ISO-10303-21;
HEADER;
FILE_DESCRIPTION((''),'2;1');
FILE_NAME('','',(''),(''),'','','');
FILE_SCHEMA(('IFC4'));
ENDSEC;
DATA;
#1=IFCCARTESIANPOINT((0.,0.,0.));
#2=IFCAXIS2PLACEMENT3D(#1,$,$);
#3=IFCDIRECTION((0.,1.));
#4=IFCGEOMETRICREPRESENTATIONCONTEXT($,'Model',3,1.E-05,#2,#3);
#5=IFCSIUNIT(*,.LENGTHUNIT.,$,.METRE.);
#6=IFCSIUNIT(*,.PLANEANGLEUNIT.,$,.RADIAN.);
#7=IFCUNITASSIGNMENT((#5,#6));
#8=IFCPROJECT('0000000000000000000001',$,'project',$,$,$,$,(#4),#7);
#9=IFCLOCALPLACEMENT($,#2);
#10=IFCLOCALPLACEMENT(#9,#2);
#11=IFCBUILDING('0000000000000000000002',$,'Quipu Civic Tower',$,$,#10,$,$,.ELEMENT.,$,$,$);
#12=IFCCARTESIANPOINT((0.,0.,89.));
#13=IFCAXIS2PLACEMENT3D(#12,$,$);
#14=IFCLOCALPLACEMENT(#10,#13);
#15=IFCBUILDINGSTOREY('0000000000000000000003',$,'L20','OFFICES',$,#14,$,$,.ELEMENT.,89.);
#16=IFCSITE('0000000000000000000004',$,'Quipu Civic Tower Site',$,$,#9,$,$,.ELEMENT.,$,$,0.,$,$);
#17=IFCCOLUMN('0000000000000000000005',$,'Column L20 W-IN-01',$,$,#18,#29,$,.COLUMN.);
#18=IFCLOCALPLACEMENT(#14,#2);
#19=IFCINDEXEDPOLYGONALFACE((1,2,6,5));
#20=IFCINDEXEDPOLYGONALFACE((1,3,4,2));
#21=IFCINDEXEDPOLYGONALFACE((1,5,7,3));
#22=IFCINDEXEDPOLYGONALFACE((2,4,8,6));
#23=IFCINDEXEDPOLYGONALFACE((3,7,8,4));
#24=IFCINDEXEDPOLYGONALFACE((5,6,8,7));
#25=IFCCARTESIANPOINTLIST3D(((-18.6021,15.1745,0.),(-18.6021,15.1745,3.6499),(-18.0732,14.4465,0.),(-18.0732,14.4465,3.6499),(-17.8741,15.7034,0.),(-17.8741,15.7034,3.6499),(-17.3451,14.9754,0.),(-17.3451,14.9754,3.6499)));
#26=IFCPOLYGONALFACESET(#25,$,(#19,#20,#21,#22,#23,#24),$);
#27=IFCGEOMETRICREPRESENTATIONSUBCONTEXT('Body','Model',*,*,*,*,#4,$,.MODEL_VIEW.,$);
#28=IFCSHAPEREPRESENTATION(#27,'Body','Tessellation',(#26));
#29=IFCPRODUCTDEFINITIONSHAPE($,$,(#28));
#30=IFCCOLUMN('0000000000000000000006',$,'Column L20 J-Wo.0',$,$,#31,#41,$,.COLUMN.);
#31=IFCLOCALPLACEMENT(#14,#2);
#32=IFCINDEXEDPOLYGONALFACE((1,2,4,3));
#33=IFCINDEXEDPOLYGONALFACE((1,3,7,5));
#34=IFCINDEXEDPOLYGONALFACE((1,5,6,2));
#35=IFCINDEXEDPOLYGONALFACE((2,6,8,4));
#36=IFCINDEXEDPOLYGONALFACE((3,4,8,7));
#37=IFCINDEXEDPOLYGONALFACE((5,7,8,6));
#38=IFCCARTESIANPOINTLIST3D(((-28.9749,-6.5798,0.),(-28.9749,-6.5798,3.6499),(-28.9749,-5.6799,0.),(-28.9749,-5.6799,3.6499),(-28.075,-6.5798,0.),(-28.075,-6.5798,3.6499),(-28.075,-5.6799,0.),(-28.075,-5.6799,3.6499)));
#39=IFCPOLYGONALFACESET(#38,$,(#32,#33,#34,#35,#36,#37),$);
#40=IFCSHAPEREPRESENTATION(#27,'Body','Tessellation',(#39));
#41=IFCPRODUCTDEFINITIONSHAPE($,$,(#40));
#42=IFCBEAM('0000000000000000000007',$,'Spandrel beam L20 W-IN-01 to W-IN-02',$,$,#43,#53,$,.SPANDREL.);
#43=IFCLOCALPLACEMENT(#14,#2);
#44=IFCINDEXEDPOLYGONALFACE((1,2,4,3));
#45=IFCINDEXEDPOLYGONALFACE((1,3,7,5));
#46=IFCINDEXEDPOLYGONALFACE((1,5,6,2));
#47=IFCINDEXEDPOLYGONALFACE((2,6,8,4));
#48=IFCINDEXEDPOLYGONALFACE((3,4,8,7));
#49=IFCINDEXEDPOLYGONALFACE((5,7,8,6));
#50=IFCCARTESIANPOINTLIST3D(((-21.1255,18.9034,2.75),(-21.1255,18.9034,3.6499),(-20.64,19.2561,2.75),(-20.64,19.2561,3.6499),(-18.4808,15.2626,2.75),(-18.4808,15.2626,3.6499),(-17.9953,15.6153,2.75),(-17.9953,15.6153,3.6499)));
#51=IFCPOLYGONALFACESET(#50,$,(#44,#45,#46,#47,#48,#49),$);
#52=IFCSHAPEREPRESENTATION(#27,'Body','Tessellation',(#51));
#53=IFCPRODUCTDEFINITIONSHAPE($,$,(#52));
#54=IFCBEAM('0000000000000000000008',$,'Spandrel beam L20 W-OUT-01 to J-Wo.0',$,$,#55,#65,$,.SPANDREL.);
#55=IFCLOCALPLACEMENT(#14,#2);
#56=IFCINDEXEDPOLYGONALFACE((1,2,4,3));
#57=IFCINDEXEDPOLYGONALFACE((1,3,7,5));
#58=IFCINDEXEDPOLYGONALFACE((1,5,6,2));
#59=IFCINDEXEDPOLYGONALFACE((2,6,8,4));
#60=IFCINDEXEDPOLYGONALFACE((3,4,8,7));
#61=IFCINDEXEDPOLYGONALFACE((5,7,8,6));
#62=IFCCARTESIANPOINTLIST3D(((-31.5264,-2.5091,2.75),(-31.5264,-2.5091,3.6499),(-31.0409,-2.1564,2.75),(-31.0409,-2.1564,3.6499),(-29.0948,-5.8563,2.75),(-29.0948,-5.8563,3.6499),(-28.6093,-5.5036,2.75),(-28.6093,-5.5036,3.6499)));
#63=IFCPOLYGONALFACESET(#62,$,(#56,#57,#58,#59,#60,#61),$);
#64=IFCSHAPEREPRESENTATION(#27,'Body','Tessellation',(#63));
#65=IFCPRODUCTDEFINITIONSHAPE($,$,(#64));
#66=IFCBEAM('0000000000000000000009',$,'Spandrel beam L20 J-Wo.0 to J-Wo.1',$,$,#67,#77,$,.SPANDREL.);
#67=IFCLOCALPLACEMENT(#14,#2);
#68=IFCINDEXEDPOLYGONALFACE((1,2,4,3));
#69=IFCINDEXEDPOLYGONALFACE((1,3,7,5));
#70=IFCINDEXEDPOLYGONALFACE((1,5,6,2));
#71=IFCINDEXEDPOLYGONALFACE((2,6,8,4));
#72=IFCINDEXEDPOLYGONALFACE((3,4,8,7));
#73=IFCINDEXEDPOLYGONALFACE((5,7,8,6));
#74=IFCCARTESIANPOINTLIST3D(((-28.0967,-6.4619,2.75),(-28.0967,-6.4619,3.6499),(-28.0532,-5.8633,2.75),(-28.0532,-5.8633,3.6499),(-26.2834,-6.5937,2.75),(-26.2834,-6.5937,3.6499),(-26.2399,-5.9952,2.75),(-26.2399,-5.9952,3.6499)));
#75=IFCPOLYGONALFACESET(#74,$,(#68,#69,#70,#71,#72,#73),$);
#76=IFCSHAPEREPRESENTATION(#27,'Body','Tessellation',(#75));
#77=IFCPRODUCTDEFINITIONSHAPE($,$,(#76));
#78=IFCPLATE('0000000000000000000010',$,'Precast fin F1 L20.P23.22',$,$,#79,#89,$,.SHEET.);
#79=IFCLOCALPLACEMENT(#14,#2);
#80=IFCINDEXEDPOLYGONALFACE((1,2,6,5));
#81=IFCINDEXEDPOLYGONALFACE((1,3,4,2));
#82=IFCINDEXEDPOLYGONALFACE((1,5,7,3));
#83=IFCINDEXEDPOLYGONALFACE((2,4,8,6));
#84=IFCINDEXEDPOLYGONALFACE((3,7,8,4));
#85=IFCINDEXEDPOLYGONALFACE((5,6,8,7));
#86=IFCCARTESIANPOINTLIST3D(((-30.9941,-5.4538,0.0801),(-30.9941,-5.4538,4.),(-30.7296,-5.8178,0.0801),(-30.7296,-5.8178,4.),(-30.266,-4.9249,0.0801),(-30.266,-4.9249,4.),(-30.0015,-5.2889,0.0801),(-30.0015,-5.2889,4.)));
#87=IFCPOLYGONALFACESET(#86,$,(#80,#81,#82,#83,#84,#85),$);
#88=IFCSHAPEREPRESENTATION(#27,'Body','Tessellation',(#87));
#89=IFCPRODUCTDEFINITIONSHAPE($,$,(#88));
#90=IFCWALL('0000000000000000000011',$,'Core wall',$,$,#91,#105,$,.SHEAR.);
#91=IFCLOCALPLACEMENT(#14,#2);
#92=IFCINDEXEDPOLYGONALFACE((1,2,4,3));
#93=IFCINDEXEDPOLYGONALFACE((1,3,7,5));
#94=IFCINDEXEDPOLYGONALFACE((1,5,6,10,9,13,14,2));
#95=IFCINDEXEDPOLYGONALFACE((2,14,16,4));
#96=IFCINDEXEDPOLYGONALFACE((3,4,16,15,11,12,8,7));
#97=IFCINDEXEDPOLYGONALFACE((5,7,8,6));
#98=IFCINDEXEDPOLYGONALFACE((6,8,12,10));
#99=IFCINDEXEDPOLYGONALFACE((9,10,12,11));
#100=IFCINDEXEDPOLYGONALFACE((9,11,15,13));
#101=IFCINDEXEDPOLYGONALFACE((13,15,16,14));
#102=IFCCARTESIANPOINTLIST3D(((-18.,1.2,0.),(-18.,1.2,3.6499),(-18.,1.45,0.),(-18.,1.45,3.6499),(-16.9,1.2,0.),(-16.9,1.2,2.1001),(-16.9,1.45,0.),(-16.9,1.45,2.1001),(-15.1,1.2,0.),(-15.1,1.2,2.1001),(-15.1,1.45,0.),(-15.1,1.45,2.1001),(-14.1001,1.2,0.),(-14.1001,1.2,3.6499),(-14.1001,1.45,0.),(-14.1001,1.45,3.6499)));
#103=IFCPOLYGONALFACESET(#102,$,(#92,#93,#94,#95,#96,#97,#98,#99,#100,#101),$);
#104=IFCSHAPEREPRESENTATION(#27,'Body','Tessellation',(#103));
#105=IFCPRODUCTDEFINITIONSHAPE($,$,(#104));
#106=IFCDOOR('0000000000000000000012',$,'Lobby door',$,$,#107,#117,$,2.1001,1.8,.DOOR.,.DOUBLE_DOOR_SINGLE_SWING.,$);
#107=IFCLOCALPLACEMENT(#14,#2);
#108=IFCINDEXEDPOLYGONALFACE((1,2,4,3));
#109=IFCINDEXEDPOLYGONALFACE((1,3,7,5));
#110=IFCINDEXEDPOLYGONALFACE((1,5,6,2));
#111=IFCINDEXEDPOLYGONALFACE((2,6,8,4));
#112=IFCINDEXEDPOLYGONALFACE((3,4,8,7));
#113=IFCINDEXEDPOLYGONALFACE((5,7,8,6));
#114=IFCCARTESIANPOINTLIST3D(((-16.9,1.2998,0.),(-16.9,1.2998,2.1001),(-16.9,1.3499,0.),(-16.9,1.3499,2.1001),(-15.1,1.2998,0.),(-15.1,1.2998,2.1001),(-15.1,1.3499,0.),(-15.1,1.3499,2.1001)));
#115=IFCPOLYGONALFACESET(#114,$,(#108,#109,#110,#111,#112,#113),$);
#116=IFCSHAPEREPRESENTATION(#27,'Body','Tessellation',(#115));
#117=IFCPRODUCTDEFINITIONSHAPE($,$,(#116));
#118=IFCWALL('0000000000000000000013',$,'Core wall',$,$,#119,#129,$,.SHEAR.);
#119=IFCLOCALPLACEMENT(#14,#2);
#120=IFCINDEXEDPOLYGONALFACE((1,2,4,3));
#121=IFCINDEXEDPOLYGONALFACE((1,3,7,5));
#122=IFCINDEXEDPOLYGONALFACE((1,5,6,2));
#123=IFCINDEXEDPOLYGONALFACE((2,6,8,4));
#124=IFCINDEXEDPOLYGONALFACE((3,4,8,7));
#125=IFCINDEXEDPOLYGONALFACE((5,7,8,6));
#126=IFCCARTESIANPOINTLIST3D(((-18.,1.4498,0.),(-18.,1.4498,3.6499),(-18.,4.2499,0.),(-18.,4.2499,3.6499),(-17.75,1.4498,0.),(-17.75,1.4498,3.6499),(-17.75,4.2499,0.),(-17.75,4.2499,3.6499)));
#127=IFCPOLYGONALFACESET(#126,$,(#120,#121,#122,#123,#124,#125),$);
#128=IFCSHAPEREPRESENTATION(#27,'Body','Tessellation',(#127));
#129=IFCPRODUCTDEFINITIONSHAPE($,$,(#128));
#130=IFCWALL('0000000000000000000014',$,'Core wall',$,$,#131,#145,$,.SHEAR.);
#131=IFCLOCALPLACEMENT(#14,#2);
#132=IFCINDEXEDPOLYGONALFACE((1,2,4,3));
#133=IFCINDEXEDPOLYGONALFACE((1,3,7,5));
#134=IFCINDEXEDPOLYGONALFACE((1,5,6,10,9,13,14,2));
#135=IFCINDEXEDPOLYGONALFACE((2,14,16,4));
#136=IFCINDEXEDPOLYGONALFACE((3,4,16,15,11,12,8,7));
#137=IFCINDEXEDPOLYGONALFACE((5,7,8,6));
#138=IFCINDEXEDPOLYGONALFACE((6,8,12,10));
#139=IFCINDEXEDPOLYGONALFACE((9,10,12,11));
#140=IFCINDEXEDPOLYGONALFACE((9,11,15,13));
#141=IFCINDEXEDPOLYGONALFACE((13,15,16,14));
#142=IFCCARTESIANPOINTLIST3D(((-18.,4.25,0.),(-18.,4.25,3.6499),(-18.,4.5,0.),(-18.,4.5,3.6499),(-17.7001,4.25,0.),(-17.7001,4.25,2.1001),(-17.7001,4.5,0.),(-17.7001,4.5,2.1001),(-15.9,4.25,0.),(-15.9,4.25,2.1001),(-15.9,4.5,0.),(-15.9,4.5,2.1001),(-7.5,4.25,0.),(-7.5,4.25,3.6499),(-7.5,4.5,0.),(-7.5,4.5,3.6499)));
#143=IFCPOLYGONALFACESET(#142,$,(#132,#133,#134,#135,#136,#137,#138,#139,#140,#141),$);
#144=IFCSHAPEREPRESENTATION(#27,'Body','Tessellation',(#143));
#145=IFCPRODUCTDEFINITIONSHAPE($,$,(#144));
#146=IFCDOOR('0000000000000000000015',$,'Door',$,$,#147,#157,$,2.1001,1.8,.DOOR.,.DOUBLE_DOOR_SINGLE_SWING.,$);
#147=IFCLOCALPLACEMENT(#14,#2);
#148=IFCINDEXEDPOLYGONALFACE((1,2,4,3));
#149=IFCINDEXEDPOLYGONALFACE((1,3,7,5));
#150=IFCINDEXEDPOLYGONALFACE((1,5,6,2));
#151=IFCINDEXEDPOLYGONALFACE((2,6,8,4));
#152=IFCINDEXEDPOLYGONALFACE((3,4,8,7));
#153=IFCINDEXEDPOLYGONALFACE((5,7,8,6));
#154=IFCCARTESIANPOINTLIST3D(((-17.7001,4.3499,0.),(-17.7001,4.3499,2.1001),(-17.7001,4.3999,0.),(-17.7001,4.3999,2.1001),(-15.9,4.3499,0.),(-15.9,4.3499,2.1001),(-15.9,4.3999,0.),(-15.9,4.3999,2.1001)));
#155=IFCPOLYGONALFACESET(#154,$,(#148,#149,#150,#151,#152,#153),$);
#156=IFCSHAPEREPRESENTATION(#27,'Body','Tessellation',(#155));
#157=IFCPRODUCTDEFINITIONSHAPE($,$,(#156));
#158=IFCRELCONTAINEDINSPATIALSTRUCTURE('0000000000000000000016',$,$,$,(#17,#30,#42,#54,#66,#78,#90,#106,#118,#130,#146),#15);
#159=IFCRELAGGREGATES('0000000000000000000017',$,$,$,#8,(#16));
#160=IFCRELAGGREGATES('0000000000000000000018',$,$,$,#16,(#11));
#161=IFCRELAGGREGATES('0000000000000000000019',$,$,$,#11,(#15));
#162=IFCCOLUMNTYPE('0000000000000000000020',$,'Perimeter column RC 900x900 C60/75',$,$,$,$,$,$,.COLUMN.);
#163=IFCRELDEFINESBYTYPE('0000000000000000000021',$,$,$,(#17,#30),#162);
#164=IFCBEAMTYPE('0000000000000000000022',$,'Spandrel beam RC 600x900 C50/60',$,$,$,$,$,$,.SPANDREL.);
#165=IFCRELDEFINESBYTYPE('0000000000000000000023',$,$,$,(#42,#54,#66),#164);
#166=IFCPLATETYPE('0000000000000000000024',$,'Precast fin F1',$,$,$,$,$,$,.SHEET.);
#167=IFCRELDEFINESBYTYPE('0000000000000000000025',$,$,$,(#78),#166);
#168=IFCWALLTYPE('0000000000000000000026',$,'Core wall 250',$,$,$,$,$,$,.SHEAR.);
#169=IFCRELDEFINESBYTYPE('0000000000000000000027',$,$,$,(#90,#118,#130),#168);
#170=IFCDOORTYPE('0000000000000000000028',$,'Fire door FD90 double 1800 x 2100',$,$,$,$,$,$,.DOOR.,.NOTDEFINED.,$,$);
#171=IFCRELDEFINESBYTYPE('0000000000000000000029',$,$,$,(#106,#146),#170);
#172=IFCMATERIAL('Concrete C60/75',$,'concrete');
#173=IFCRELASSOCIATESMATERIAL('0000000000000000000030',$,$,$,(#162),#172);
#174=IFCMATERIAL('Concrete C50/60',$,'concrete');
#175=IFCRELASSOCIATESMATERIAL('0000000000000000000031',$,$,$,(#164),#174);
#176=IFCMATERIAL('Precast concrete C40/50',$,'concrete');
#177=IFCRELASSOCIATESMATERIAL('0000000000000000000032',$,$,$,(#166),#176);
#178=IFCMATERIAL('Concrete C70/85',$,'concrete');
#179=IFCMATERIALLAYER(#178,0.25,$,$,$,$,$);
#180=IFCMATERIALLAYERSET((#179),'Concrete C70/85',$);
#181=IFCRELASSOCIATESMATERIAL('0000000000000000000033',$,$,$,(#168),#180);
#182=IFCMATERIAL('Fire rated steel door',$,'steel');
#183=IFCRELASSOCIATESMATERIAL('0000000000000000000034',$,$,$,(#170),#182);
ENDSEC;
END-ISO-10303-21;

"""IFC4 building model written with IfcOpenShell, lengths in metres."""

from ifc_helpers import new_model, si_unit, direction, frame, frame_2d, origin, origin_2d, place, context, subcontext, project, spatial, rectangle, extrude, material, layer, layer_set, material_profile, profile_set, type_object, element, fill, save


model = new_model("IFC4")

# Units and contexts
model_context = context("Model", 3, precision=1e-05, world=origin(), true_north=direction((0.0, 1.0)))
body_context = subcontext(model_context, "Body", "Model", "MODEL_VIEW")
ifc_project = project(units=[si_unit("LENGTHUNIT", "METRE"), si_unit("PLANEANGLEUNIT", "RADIAN")], contexts=[model_context])

# Site, building, storey
site_placement = place(None, origin())
site = spatial("IfcSite", under=ifc_project, at=site_placement, Name="Quipu Civic Tower Site", CompositionType="ELEMENT", RefElevation=0.0)
building_placement = place(site_placement, origin())
building = spatial("IfcBuilding", under=site, at=building_placement, Name="Quipu Civic Tower", CompositionType="ELEMENT")
storey_placement = place(building_placement, frame((0.0, 0.0, 89.0)))
storey = spatial("IfcBuildingStorey", under=building, at=storey_placement, Name="L20", Description="OFFICES", CompositionType="ELEMENT", Elevation=89.0)

# Columns
ifc_material_1 = material(Name="Concrete C60/75", Category="concrete")
ifc_material_profile_1 = material_profile(ifc_material_1, rectangle(XDim=0.8999, YDim=0.8999, at=origin_2d()), Name="RC900x900")
ifc_profile_set_1 = profile_set([ifc_material_profile_1], Name="Concrete C60/75")
column_type = type_object("IfcColumnType", Name="Perimeter column RC 900x900 C60/75", PredefinedType="COLUMN", material=ifc_profile_set_1)
for number, where, z_axis, x_axis, name in (
    (1, (-17.9736, 15.075, 0.0), (0.0, 0.0, 1.0), (-0.587785, 0.809017, 0.0), "Column L20 W-IN-01"),
    (2, (-28.5249, -6.1299, 0.0), (0.0, 0.0, 1.0), (1.0, 0.0, 0.0), "Column L20 J-Wo.0"),
):
    element("IfcColumn", number, at=place(storey_placement, frame(where, z_axis=z_axis, x_axis=x_axis)), inside=storey, type_object=column_type, Name=name, PredefinedType="COLUMN", context=body_context, shape_type="SweptSolid", body=[
        extrude(rectangle(XDim=0.8999, YDim=0.8999, at=origin_2d()), origin(), (0.0, 0.0, 1.0), 3.6499),
    ])

# Beams
ifc_material_2 = material(Name="Concrete C50/60", Category="concrete")
ifc_material_profile_2 = material_profile(ifc_material_2, rectangle(XDim=0.6001, YDim=0.8999, at=origin_2d()), Name="RC600x900")
ifc_profile_set_2 = profile_set([ifc_material_profile_2], Name="Concrete C50/60")
beam_type = type_object("IfcBeamType", Name="Spandrel beam RC 600x900 C50/60", PredefinedType="SPANDREL", material=ifc_profile_set_2)
beam_1_placement = place(storey_placement, frame((-18.238, 15.439, 3.2), z_axis=(-0.587717, 0.809067, 0.0), x_axis=(-0.809067, -0.587717, 0.0)))
element("IfcBeam", 3, at=beam_1_placement, inside=storey, type_object=beam_type, Name="Spandrel beam L20 W-IN-01 to W-IN-02", PredefinedType="SPANDREL", context=body_context, shape_type="SweptSolid", body=[
    extrude(rectangle(XDim=0.6001, YDim=0.8999, at=origin_2d()), origin(), (0.0, 0.0, 1.0), 4.5),
])
beam_2_placement = place(storey_placement, frame((-31.2837, -2.3328, 3.2), z_axis=(0.587751, -0.809042, 0.0), x_axis=(0.809042, 0.587751, 0.0)))
element("IfcBeam", 4, at=beam_2_placement, inside=storey, type_object=beam_type, Name="Spandrel beam L20 W-OUT-01 to J-Wo.0", PredefinedType="SPANDREL", context=body_context, shape_type="SweptSolid", body=[
    extrude(rectangle(XDim=0.6001, YDim=0.8999, at=origin_2d()), origin(), (0.0, 0.0, 1.0), 4.1372),
])
beam_3_placement = place(storey_placement, frame((-28.075, -6.1626, 3.2), z_axis=(0.997367, -0.072516, 0.0), x_axis=(0.072516, 0.997367, 0.0)))
element("IfcBeam", 5, at=beam_3_placement, inside=storey, type_object=beam_type, Name="Spandrel beam L20 J-Wo.0 to J-Wo.1", PredefinedType="SPANDREL", context=body_context, shape_type="SweptSolid", body=[
    extrude(rectangle(XDim=0.6001, YDim=0.8999, at=origin_2d()), origin(), (0.0, 0.0, 1.0), 1.8181),
])

# Plate
ifc_material_3 = material(Name="Precast concrete C40/50", Category="concrete")
plate_type = type_object("IfcPlateType", Name="Precast fin F1", PredefinedType="SHEET", material=ifc_material_3)
plate_placement = place(storey_placement, frame((-30.4978, -5.3713, 0.0801), z_axis=(0.0, 0.0, 1.0), x_axis=(0.587786, -0.809017, 0.0)))
element("IfcPlate", 6, at=plate_placement, inside=storey, type_object=plate_type, Name="Precast fin F1 L20.P23.22", PredefinedType="SHEET", context=body_context, shape_type="SweptSolid", body=[
    extrude(rectangle(XDim=0.45, YDim=0.8999, at=origin_2d()), origin(), (0.0, 0.0, 1.0), 3.9199),
])

# Wall, opening, door
ifc_material_4 = material(Name="Concrete C70/85", Category="concrete")
ifc_layer_1 = layer(ifc_material_4, 0.25)
ifc_layer_set_1 = layer_set([ifc_layer_1], Name="Concrete C70/85")
wall_type_1 = type_object("IfcWallType", Name="Core wall 250", PredefinedType="SHEAR", material=ifc_layer_set_1)
wall_1_placement = place(storey_placement, frame((-18.0, 1.325, 0.0), z_axis=(0.0, 0.0, 1.0), x_axis=(1.0, 0.0, 0.0)))
wall_1 = element("IfcWall", 7, at=wall_1_placement, inside=storey, type_object=wall_type_1, Name="Core wall", PredefinedType="SHEAR", context=body_context, shape_type="SweptSolid", body=[
    extrude(rectangle(XDim=3.8999, YDim=0.25, at=frame_2d((1.95, 0.0))), origin(), (0.0, 0.0, 1.0), 3.6499),
])
opening_1_placement = place(wall_1_placement, frame((1.1001, 0.0, 0.0)))
opening_1 = element("IfcOpeningElement", 8, at=opening_1_placement, cuts=wall_1, PredefinedType="OPENING", context=body_context, shape_type="SweptSolid", body=[
    extrude(rectangle(XDim=1.8, YDim=2.1001, at=frame_2d((0.8999, 1.05))), frame((0.0, 0.135, 0.0), z_axis=(0.0, -1.0, 0.0), x_axis=(1.0, 0.0, 0.0)), (0.0, 0.0, 1.0), 0.27),
])
ifc_material_5 = material(Name="Fire rated steel door", Category="steel")
door_type_1 = type_object("IfcDoorType", Name="Fire door FD90 double 1800 x 2100", OperationType="NOTDEFINED", PredefinedType="DOOR", material=ifc_material_5)
door_1_placement = place(opening_1_placement, origin())
door_1 = element("IfcDoor", 9, at=door_1_placement, inside=storey, type_object=door_type_1, Name="Lobby door", OperationType="DOUBLE_DOOR_SINGLE_SWING", OverallHeight=2.1001, OverallWidth=1.8, PredefinedType="DOOR", context=body_context, shape_type="SweptSolid", body=[
    extrude(rectangle(XDim=1.8, YDim=2.1001, at=frame_2d((0.8999, 1.05))), frame((0.0, 0.0249, 0.0), z_axis=(0.0, -1.0, 0.0), x_axis=(1.0, 0.0, 0.0)), (0.0, 0.0, 1.0), 0.05),
])
fill(opening_1, door_1)

# Wall
wall_2_placement = place(storey_placement, frame((-17.875, 1.45, 0.0), z_axis=(0.0, 0.0, 1.0), x_axis=(0.0, 1.0, 0.0)))
element("IfcWall", 10, at=wall_2_placement, inside=storey, type_object=wall_type_1, Name="Core wall", PredefinedType="SHEAR", context=body_context, shape_type="SweptSolid", body=[
    extrude(rectangle(XDim=2.8, YDim=0.25, at=frame_2d((1.3999, 0.0))), origin(), (0.0, 0.0, 1.0), 3.6499),
])

# Wall, opening, door
wall_3_placement = place(storey_placement, frame((-18.0, 4.375, 0.0), z_axis=(0.0, 0.0, 1.0), x_axis=(1.0, 0.0, 0.0)))
wall_3 = element("IfcWall", 11, at=wall_3_placement, inside=storey, type_object=wall_type_1, Name="Core wall", PredefinedType="SHEAR", context=body_context, shape_type="SweptSolid", body=[
    extrude(rectangle(XDim=10.5, YDim=0.25, at=frame_2d((5.25, 0.0))), origin(), (0.0, 0.0, 1.0), 3.6499),
])
opening_2_placement = place(wall_3_placement, frame((0.3, 0.0, 0.0)))
opening_2 = element("IfcOpeningElement", 12, at=opening_2_placement, cuts=wall_3, PredefinedType="OPENING", context=body_context, shape_type="SweptSolid", body=[
    extrude(rectangle(XDim=1.8, YDim=2.1001, at=frame_2d((0.8999, 1.05))), frame((0.0, 0.135, 0.0), z_axis=(0.0, -1.0, 0.0), x_axis=(1.0, 0.0, 0.0)), (0.0, 0.0, 1.0), 0.27),
])
door_2_placement = place(opening_2_placement, origin())
door_2 = element("IfcDoor", 13, at=door_2_placement, inside=storey, type_object=door_type_1, Name="Door", OperationType="DOUBLE_DOOR_SINGLE_SWING", OverallHeight=2.1001, OverallWidth=1.8, PredefinedType="DOOR", context=body_context, shape_type="SweptSolid", body=[
    extrude(rectangle(XDim=1.8, YDim=2.1001, at=frame_2d((0.8999, 1.05))), frame((0.0, 0.0249, 0.0), z_axis=(0.0, -1.0, 0.0), x_axis=(1.0, 0.0, 0.0)), (0.0, 0.0, 1.0), 0.05),
])
fill(opening_2, door_2)

save(model, "model.ifc")
